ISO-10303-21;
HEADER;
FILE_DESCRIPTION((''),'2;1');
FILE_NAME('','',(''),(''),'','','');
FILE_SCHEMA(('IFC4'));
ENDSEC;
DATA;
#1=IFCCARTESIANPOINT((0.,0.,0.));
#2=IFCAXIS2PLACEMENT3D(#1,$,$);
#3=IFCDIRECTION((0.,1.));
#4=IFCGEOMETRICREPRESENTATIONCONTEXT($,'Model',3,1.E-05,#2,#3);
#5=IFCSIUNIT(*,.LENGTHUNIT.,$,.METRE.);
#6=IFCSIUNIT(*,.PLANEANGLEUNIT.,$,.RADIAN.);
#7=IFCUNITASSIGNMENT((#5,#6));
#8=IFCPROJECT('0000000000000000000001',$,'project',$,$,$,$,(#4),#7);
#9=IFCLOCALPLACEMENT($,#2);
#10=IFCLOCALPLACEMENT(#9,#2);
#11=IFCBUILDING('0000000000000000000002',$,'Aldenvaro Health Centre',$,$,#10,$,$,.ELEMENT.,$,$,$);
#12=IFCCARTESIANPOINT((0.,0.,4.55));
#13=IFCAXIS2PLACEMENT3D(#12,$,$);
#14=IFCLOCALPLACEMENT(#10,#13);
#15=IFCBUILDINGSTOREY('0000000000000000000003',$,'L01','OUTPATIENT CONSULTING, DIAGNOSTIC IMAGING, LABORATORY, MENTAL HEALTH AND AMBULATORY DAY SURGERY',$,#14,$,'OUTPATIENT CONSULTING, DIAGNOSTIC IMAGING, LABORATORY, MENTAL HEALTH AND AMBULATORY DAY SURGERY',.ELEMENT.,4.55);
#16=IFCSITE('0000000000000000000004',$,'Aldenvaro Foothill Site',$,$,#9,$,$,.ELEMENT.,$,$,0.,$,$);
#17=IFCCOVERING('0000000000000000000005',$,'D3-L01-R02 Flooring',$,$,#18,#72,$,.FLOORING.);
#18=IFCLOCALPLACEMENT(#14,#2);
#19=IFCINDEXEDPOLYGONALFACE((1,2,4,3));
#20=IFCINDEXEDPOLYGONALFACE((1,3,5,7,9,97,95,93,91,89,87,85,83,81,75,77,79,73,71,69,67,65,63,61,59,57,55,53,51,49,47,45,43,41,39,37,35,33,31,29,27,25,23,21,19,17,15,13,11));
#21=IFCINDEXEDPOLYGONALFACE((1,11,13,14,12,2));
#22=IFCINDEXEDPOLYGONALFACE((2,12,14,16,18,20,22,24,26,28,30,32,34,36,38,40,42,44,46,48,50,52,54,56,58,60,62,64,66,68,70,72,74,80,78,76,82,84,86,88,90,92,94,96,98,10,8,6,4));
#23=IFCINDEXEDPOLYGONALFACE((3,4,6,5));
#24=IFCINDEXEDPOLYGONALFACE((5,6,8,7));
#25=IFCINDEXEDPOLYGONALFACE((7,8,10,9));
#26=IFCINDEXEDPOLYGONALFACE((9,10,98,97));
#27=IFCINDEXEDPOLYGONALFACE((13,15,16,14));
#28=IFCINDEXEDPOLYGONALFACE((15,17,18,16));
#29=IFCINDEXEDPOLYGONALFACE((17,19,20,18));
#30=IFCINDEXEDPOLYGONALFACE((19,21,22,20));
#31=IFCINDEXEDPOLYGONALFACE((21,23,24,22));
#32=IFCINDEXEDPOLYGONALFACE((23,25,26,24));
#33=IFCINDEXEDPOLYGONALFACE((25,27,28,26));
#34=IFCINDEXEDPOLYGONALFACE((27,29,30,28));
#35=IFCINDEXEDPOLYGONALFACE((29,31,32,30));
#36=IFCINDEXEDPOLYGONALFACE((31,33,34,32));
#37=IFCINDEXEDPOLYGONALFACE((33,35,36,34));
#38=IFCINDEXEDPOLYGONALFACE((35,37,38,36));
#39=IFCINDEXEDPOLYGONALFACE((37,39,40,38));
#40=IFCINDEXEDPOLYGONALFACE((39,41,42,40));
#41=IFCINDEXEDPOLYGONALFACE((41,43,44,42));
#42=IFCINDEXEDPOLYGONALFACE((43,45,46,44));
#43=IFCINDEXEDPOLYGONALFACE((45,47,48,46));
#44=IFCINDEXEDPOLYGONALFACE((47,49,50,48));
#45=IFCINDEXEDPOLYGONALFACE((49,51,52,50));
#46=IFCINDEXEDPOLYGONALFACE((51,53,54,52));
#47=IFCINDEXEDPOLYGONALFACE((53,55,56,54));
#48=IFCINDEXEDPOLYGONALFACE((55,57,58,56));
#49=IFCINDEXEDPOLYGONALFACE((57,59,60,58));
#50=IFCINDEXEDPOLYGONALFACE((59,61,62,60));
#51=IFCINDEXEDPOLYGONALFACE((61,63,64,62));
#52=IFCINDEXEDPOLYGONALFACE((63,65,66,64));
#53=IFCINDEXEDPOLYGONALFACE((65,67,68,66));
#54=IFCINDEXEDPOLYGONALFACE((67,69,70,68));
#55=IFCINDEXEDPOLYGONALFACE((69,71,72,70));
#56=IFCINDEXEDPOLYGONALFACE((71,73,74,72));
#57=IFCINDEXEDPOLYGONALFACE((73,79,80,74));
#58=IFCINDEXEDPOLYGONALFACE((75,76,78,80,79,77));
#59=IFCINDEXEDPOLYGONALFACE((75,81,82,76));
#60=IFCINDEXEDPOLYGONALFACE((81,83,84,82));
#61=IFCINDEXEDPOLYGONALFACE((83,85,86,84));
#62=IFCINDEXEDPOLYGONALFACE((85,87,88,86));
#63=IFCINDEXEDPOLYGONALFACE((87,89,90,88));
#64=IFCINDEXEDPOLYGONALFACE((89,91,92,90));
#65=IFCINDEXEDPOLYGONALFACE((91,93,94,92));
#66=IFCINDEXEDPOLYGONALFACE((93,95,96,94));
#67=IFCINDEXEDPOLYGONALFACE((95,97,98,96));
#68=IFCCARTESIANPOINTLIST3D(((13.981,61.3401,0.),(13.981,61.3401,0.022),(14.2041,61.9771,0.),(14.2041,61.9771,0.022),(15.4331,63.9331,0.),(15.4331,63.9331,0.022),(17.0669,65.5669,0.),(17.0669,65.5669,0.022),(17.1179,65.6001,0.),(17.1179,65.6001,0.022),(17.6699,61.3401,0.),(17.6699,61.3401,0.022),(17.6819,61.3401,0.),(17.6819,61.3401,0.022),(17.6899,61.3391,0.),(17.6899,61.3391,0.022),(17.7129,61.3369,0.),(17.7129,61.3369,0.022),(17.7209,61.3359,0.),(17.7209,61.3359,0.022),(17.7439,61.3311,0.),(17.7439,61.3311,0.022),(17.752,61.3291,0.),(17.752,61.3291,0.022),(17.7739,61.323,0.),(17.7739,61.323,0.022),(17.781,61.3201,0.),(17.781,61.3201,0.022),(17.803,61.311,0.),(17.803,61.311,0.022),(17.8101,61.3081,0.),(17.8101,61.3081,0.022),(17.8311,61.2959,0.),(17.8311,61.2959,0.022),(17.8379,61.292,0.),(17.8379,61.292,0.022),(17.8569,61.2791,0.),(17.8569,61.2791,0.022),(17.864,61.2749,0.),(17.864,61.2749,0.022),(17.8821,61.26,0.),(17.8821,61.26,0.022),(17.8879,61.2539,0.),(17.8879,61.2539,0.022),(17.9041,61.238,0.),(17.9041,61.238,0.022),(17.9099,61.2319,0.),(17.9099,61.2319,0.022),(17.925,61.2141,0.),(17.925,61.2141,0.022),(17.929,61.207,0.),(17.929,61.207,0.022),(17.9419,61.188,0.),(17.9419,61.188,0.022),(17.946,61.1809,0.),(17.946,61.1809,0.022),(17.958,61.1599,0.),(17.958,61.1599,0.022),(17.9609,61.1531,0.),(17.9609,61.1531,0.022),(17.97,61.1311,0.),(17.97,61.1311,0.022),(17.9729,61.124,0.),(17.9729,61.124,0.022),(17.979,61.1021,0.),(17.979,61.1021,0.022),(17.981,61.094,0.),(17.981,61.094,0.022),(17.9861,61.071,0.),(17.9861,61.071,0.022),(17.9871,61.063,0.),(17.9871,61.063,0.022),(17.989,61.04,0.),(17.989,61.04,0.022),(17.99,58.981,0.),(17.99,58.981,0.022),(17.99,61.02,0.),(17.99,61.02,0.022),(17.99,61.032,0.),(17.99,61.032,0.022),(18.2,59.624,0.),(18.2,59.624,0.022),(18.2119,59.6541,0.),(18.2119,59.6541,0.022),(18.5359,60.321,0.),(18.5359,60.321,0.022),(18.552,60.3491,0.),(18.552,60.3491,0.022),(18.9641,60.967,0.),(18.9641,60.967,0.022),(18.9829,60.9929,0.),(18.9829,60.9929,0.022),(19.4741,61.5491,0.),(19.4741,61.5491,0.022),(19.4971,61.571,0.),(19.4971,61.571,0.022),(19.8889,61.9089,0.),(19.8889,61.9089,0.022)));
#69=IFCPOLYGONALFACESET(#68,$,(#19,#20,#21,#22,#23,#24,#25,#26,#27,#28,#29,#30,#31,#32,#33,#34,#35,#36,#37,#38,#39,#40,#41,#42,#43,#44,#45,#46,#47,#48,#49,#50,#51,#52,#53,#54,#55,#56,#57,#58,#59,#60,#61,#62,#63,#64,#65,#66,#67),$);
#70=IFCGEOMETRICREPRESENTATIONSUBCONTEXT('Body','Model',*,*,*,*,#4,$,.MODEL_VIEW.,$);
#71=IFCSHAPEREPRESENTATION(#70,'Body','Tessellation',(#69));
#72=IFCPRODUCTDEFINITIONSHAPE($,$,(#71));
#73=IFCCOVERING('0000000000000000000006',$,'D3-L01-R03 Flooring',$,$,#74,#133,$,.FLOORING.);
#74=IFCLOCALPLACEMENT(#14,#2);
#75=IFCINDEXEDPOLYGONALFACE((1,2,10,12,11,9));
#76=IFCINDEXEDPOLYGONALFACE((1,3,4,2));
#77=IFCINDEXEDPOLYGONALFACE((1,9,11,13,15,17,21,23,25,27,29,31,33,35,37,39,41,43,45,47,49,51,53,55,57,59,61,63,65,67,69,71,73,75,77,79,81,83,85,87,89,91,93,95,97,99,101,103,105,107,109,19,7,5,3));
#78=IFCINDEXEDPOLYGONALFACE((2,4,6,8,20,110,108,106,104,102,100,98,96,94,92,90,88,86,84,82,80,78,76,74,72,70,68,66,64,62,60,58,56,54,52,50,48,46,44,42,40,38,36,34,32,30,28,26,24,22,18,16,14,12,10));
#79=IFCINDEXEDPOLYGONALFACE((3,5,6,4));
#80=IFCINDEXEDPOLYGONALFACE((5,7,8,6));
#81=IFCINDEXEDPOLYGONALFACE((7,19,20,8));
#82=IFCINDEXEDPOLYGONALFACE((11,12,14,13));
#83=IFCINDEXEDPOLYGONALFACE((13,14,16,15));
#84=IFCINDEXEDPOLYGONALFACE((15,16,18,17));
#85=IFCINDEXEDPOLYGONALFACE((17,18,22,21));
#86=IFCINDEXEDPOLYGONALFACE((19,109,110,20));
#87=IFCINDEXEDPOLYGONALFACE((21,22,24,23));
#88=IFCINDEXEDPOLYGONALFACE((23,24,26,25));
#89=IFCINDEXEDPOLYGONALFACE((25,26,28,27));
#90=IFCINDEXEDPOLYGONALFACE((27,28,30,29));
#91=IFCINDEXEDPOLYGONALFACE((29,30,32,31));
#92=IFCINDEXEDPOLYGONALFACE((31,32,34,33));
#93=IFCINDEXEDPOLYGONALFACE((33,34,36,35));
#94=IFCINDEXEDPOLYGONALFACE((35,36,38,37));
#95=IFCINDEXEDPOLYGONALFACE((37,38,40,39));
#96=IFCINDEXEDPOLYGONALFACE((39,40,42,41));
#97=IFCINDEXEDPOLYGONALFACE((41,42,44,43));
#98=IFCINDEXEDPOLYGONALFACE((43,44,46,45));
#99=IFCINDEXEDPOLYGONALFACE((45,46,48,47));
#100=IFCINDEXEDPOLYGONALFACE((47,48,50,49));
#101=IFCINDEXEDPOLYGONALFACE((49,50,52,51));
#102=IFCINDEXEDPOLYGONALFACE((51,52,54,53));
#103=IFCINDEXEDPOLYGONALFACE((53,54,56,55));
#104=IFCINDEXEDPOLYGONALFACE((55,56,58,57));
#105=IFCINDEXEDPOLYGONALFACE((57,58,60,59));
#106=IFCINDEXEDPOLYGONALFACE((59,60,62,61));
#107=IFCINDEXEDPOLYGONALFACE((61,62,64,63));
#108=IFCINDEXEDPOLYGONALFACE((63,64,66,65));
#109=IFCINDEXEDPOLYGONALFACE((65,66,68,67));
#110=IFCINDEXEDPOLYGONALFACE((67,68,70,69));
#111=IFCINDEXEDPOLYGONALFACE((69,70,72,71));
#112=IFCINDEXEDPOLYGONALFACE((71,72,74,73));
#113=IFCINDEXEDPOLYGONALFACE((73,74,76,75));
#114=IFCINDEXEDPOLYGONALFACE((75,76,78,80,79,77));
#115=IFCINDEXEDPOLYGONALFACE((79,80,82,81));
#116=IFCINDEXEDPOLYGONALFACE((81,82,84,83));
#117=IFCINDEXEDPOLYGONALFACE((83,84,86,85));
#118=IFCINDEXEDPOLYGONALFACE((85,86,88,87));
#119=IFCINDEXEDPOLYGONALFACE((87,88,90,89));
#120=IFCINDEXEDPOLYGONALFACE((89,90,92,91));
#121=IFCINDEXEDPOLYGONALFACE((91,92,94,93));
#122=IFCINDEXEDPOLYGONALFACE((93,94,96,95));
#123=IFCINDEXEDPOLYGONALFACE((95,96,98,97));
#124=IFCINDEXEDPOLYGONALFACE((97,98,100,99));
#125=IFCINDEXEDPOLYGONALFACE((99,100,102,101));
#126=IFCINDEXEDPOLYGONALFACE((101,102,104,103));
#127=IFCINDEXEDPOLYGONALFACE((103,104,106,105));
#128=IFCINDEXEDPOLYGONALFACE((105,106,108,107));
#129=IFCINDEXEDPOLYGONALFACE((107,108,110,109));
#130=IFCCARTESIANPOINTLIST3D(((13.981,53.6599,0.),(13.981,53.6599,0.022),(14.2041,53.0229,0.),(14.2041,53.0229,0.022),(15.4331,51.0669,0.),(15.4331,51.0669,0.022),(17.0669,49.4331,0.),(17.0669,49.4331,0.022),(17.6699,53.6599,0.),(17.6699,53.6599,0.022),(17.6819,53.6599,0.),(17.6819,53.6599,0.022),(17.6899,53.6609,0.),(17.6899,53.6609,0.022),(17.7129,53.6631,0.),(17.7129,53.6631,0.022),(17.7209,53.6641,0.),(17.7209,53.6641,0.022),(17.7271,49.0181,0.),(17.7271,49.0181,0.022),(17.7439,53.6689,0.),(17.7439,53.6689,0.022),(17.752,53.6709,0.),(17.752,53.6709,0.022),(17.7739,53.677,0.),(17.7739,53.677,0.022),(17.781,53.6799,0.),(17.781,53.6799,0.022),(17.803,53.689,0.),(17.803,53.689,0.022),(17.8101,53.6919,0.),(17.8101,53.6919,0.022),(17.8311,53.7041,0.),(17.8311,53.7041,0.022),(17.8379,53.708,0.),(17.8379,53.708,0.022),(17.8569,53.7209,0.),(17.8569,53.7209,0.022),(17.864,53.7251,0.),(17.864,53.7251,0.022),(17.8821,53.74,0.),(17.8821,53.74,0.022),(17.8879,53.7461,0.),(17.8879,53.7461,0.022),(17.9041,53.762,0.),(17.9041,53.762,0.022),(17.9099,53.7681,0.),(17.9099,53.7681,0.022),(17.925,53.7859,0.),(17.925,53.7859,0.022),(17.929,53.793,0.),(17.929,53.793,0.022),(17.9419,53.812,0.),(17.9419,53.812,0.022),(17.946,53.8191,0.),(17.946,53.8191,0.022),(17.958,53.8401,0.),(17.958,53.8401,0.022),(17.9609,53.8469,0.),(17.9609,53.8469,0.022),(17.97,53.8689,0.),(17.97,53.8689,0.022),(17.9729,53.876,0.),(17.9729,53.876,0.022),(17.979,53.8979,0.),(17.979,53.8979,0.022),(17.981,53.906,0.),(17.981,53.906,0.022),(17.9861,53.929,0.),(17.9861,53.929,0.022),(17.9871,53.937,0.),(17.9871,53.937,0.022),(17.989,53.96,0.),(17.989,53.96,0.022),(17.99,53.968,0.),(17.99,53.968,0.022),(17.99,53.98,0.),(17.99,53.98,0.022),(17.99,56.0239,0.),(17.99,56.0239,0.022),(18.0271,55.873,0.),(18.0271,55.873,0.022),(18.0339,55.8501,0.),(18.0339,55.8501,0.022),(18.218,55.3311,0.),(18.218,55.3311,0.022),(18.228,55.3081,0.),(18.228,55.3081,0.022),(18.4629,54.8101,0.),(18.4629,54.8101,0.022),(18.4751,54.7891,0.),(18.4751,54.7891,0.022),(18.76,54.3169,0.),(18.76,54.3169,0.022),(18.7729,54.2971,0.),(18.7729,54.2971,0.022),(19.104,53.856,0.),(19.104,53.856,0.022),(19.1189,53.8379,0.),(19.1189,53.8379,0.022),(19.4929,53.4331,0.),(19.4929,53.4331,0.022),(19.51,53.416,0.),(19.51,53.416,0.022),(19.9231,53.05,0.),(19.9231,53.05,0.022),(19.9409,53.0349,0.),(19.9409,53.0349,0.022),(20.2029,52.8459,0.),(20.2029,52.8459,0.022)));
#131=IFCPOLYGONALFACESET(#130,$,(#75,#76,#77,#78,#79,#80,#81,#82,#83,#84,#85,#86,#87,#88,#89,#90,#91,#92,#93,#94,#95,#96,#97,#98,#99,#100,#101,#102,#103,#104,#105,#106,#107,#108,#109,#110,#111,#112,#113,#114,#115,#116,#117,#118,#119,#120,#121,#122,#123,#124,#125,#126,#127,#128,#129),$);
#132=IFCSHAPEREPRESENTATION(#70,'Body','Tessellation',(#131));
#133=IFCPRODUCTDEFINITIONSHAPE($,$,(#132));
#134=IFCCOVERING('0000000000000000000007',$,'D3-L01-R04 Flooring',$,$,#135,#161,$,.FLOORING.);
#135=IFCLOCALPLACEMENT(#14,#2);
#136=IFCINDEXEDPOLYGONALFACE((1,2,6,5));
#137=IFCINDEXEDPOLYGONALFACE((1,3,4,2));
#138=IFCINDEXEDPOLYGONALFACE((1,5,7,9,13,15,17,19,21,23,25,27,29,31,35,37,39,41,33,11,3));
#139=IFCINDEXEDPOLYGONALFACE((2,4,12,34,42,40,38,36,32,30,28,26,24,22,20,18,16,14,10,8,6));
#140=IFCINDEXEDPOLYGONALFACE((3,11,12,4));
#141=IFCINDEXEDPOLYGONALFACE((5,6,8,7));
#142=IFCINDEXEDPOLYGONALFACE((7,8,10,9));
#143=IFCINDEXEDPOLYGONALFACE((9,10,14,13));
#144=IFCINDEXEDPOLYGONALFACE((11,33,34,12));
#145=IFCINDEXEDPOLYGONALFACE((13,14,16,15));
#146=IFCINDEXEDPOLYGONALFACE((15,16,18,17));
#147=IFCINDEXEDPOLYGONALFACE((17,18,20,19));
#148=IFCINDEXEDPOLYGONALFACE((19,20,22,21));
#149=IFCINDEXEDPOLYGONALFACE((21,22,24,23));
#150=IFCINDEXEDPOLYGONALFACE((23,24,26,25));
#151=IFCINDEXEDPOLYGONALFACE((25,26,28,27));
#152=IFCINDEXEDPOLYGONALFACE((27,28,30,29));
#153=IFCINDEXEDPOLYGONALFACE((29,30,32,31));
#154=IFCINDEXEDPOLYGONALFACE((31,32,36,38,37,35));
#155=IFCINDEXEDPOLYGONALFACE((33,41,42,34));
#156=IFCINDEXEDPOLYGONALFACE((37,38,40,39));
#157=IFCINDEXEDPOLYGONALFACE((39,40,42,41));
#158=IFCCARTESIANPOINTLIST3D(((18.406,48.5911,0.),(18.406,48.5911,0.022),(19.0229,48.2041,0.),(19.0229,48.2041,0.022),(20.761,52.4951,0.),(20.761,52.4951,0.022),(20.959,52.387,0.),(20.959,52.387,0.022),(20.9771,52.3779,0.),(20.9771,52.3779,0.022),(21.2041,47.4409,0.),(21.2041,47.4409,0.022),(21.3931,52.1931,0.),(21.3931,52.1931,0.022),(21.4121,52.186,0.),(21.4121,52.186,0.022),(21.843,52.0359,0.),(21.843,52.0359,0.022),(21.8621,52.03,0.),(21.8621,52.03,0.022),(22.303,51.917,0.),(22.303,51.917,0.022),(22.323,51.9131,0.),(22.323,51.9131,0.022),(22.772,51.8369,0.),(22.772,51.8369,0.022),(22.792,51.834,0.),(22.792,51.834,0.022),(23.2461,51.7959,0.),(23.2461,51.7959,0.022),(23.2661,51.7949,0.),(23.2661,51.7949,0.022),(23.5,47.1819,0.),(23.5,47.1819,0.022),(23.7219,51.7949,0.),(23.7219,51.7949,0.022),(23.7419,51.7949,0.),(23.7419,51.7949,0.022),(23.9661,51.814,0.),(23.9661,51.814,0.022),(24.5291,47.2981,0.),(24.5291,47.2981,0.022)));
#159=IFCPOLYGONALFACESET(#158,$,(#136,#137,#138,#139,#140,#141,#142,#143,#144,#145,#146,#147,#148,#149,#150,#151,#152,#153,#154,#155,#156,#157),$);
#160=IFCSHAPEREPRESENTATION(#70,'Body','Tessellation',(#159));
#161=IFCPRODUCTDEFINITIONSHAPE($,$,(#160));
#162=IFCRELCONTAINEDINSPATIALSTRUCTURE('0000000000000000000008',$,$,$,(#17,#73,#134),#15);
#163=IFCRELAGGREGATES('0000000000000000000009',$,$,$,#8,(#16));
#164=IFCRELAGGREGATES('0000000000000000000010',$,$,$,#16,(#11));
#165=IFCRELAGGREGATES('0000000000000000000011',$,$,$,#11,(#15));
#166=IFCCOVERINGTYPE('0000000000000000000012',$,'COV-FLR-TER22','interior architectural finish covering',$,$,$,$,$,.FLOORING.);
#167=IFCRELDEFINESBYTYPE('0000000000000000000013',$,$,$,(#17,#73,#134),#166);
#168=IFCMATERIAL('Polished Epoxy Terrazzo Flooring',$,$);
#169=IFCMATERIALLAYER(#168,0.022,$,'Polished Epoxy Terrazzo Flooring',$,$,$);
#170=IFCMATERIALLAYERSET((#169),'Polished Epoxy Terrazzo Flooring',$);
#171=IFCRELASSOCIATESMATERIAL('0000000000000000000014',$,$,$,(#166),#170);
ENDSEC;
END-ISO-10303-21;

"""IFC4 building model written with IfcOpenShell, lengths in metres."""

from ifc_helpers import new_model, si_unit, direction, frame, origin, place, context, subcontext, project, spatial, polyline, outline, extrude, material, layer, layer_set, type_object, element, save


model = new_model("IFC4")

# Units and contexts
model_context = context("Model", 3, precision=1e-05, world=origin(), true_north=direction((0.0, 1.0)))
body_context = subcontext(model_context, "Body", "Model", "MODEL_VIEW")
ifc_project = project(units=[si_unit("LENGTHUNIT", "METRE"), si_unit("PLANEANGLEUNIT", "RADIAN")], contexts=[model_context])

# Site, building, storey
site_placement = place(None, origin())
site = spatial("IfcSite", under=ifc_project, at=site_placement, Name="Aldenvaro Foothill Site", CompositionType="ELEMENT", RefElevation=0.0)
building_placement = place(site_placement, origin())
building = spatial("IfcBuilding", under=site, at=building_placement, Name="Aldenvaro Health Centre", CompositionType="ELEMENT")
storey_placement = place(building_placement, frame((0.0, 0.0, 4.55)))
storey = spatial("IfcBuildingStorey", under=building, at=storey_placement, Name="L01", Description="OUTPATIENT CONSULTING, DIAGNOSTIC IMAGING, LABORATORY, MENTAL HEALTH AND AMBULATORY DAY SURGERY", LongName="OUTPATIENT CONSULTING, DIAGNOSTIC IMAGING, LABORATORY, MENTAL HEALTH AND AMBULATORY DAY SURGERY", CompositionType="ELEMENT", Elevation=4.55)

# Coverings
ifc_material_1 = material(Name="Polished Epoxy Terrazzo Flooring")
ifc_layer_1 = layer(ifc_material_1, 0.022, Name="Polished Epoxy Terrazzo Flooring")
ifc_layer_set_1 = layer_set([ifc_layer_1], Name="Polished Epoxy Terrazzo Flooring")
covering_type_1 = type_object("IfcCoveringType", Name="COV-FLR-TER22", Description="interior architectural finish covering", PredefinedType="FLOORING", material=ifc_layer_set_1)
covering_1_placement = place(storey_placement, origin())
element("IfcCovering", 1, at=covering_1_placement, inside=storey, type_object=covering_type_1, Name="D3-L01-R02 Flooring", PredefinedType="FLOORING", context=body_context, shape_type="SweptSolid", body=[
    extrude(outline(polyline([(17.99, 58.981), (17.99, 61.02), (17.99, 61.032), (17.989, 61.04), (17.9871, 61.063), (17.9861, 61.071), (17.981, 61.094), (17.979, 61.1021), (17.9729, 61.124), (17.97, 61.1311), (17.9609, 61.1531), (17.958, 61.1599), (17.946, 61.1809), (17.9419, 61.188), (17.929, 61.207), (17.925, 61.2141), (17.9099, 61.2319), (17.9041, 61.238), (17.8879, 61.2539), (17.8821, 61.26), (17.864, 61.2749), (17.8569, 61.2791), (17.8379, 61.292), (17.8311, 61.2959), (17.8101, 61.3081), (17.803, 61.311), (17.781, 61.3201), (17.7739, 61.323), (17.752, 61.3291), (17.7439, 61.3311), (17.7209, 61.3359), (17.7129, 61.3369), (17.6899, 61.3391), (17.6819, 61.3401), (17.6699, 61.3401), (13.981, 61.3401), (14.2041, 61.9771), (15.4331, 63.9331), (17.0669, 65.5669), (17.1179, 65.6001), (19.8889, 61.9089), (19.4971, 61.571), (19.4741, 61.5491), (18.9829, 60.9929), (18.9641, 60.967), (18.552, 60.3491), (18.5359, 60.321), (18.2119, 59.6541), (18.2, 59.624), (17.99, 58.981)])), origin(), (0.0, 0.0, 1.0), 0.022),
])
covering_2_placement = place(storey_placement, origin())
element("IfcCovering", 2, at=covering_2_placement, inside=storey, type_object=covering_type_1, Name="D3-L01-R03 Flooring", PredefinedType="FLOORING", context=body_context, shape_type="SweptSolid", body=[
    extrude(outline(polyline([(17.99, 56.0239), (18.0271, 55.873), (18.0339, 55.8501), (18.218, 55.3311), (18.228, 55.3081), (18.4629, 54.8101), (18.4751, 54.7891), (18.76, 54.3169), (18.7729, 54.2971), (19.104, 53.856), (19.1189, 53.8379), (19.4929, 53.4331), (19.51, 53.416), (19.9231, 53.05), (19.9409, 53.0349), (20.2029, 52.8459), (17.7271, 49.0181), (17.0669, 49.4331), (15.4331, 51.0669), (14.2041, 53.0229), (13.981, 53.6599), (17.6699, 53.6599), (17.6819, 53.6599), (17.6899, 53.6609), (17.7129, 53.6631), (17.7209, 53.6641), (17.7439, 53.6689), (17.752, 53.6709), (17.7739, 53.677), (17.781, 53.6799), (17.803, 53.689), (17.8101, 53.6919), (17.8311, 53.7041), (17.8379, 53.708), (17.8569, 53.7209), (17.864, 53.7251), (17.8821, 53.74), (17.8879, 53.7461), (17.9041, 53.762), (17.9099, 53.7681), (17.925, 53.7859), (17.929, 53.793), (17.9419, 53.812), (17.946, 53.8191), (17.958, 53.8401), (17.9609, 53.8469), (17.97, 53.8689), (17.9729, 53.876), (17.979, 53.8979), (17.981, 53.906), (17.9861, 53.929), (17.9871, 53.937), (17.989, 53.96), (17.99, 53.968), (17.99, 53.98), (17.99, 56.0239)])), origin(), (0.0, 0.0, 1.0), 0.022),
])
covering_3_placement = place(storey_placement, origin())
element("IfcCovering", 3, at=covering_3_placement, inside=storey, type_object=covering_type_1, Name="D3-L01-R04 Flooring", PredefinedType="FLOORING", context=body_context, shape_type="SweptSolid", body=[
    extrude(outline(polyline([(20.959, 52.387), (20.9771, 52.3779), (21.3931, 52.1931), (21.4121, 52.186), (21.843, 52.0359), (21.8621, 52.03), (22.303, 51.917), (22.323, 51.9131), (22.772, 51.8369), (22.792, 51.834), (23.2461, 51.7959), (23.2661, 51.7949), (23.7219, 51.7949), (23.7419, 51.7949), (23.9661, 51.814), (24.5291, 47.2981), (23.5, 47.1819), (21.2041, 47.4409), (19.0229, 48.2041), (18.406, 48.5911), (20.761, 52.4951), (20.959, 52.387)])), origin(), (0.0, 0.0, 1.0), 0.022),
])

save(model, "model.ifc")
